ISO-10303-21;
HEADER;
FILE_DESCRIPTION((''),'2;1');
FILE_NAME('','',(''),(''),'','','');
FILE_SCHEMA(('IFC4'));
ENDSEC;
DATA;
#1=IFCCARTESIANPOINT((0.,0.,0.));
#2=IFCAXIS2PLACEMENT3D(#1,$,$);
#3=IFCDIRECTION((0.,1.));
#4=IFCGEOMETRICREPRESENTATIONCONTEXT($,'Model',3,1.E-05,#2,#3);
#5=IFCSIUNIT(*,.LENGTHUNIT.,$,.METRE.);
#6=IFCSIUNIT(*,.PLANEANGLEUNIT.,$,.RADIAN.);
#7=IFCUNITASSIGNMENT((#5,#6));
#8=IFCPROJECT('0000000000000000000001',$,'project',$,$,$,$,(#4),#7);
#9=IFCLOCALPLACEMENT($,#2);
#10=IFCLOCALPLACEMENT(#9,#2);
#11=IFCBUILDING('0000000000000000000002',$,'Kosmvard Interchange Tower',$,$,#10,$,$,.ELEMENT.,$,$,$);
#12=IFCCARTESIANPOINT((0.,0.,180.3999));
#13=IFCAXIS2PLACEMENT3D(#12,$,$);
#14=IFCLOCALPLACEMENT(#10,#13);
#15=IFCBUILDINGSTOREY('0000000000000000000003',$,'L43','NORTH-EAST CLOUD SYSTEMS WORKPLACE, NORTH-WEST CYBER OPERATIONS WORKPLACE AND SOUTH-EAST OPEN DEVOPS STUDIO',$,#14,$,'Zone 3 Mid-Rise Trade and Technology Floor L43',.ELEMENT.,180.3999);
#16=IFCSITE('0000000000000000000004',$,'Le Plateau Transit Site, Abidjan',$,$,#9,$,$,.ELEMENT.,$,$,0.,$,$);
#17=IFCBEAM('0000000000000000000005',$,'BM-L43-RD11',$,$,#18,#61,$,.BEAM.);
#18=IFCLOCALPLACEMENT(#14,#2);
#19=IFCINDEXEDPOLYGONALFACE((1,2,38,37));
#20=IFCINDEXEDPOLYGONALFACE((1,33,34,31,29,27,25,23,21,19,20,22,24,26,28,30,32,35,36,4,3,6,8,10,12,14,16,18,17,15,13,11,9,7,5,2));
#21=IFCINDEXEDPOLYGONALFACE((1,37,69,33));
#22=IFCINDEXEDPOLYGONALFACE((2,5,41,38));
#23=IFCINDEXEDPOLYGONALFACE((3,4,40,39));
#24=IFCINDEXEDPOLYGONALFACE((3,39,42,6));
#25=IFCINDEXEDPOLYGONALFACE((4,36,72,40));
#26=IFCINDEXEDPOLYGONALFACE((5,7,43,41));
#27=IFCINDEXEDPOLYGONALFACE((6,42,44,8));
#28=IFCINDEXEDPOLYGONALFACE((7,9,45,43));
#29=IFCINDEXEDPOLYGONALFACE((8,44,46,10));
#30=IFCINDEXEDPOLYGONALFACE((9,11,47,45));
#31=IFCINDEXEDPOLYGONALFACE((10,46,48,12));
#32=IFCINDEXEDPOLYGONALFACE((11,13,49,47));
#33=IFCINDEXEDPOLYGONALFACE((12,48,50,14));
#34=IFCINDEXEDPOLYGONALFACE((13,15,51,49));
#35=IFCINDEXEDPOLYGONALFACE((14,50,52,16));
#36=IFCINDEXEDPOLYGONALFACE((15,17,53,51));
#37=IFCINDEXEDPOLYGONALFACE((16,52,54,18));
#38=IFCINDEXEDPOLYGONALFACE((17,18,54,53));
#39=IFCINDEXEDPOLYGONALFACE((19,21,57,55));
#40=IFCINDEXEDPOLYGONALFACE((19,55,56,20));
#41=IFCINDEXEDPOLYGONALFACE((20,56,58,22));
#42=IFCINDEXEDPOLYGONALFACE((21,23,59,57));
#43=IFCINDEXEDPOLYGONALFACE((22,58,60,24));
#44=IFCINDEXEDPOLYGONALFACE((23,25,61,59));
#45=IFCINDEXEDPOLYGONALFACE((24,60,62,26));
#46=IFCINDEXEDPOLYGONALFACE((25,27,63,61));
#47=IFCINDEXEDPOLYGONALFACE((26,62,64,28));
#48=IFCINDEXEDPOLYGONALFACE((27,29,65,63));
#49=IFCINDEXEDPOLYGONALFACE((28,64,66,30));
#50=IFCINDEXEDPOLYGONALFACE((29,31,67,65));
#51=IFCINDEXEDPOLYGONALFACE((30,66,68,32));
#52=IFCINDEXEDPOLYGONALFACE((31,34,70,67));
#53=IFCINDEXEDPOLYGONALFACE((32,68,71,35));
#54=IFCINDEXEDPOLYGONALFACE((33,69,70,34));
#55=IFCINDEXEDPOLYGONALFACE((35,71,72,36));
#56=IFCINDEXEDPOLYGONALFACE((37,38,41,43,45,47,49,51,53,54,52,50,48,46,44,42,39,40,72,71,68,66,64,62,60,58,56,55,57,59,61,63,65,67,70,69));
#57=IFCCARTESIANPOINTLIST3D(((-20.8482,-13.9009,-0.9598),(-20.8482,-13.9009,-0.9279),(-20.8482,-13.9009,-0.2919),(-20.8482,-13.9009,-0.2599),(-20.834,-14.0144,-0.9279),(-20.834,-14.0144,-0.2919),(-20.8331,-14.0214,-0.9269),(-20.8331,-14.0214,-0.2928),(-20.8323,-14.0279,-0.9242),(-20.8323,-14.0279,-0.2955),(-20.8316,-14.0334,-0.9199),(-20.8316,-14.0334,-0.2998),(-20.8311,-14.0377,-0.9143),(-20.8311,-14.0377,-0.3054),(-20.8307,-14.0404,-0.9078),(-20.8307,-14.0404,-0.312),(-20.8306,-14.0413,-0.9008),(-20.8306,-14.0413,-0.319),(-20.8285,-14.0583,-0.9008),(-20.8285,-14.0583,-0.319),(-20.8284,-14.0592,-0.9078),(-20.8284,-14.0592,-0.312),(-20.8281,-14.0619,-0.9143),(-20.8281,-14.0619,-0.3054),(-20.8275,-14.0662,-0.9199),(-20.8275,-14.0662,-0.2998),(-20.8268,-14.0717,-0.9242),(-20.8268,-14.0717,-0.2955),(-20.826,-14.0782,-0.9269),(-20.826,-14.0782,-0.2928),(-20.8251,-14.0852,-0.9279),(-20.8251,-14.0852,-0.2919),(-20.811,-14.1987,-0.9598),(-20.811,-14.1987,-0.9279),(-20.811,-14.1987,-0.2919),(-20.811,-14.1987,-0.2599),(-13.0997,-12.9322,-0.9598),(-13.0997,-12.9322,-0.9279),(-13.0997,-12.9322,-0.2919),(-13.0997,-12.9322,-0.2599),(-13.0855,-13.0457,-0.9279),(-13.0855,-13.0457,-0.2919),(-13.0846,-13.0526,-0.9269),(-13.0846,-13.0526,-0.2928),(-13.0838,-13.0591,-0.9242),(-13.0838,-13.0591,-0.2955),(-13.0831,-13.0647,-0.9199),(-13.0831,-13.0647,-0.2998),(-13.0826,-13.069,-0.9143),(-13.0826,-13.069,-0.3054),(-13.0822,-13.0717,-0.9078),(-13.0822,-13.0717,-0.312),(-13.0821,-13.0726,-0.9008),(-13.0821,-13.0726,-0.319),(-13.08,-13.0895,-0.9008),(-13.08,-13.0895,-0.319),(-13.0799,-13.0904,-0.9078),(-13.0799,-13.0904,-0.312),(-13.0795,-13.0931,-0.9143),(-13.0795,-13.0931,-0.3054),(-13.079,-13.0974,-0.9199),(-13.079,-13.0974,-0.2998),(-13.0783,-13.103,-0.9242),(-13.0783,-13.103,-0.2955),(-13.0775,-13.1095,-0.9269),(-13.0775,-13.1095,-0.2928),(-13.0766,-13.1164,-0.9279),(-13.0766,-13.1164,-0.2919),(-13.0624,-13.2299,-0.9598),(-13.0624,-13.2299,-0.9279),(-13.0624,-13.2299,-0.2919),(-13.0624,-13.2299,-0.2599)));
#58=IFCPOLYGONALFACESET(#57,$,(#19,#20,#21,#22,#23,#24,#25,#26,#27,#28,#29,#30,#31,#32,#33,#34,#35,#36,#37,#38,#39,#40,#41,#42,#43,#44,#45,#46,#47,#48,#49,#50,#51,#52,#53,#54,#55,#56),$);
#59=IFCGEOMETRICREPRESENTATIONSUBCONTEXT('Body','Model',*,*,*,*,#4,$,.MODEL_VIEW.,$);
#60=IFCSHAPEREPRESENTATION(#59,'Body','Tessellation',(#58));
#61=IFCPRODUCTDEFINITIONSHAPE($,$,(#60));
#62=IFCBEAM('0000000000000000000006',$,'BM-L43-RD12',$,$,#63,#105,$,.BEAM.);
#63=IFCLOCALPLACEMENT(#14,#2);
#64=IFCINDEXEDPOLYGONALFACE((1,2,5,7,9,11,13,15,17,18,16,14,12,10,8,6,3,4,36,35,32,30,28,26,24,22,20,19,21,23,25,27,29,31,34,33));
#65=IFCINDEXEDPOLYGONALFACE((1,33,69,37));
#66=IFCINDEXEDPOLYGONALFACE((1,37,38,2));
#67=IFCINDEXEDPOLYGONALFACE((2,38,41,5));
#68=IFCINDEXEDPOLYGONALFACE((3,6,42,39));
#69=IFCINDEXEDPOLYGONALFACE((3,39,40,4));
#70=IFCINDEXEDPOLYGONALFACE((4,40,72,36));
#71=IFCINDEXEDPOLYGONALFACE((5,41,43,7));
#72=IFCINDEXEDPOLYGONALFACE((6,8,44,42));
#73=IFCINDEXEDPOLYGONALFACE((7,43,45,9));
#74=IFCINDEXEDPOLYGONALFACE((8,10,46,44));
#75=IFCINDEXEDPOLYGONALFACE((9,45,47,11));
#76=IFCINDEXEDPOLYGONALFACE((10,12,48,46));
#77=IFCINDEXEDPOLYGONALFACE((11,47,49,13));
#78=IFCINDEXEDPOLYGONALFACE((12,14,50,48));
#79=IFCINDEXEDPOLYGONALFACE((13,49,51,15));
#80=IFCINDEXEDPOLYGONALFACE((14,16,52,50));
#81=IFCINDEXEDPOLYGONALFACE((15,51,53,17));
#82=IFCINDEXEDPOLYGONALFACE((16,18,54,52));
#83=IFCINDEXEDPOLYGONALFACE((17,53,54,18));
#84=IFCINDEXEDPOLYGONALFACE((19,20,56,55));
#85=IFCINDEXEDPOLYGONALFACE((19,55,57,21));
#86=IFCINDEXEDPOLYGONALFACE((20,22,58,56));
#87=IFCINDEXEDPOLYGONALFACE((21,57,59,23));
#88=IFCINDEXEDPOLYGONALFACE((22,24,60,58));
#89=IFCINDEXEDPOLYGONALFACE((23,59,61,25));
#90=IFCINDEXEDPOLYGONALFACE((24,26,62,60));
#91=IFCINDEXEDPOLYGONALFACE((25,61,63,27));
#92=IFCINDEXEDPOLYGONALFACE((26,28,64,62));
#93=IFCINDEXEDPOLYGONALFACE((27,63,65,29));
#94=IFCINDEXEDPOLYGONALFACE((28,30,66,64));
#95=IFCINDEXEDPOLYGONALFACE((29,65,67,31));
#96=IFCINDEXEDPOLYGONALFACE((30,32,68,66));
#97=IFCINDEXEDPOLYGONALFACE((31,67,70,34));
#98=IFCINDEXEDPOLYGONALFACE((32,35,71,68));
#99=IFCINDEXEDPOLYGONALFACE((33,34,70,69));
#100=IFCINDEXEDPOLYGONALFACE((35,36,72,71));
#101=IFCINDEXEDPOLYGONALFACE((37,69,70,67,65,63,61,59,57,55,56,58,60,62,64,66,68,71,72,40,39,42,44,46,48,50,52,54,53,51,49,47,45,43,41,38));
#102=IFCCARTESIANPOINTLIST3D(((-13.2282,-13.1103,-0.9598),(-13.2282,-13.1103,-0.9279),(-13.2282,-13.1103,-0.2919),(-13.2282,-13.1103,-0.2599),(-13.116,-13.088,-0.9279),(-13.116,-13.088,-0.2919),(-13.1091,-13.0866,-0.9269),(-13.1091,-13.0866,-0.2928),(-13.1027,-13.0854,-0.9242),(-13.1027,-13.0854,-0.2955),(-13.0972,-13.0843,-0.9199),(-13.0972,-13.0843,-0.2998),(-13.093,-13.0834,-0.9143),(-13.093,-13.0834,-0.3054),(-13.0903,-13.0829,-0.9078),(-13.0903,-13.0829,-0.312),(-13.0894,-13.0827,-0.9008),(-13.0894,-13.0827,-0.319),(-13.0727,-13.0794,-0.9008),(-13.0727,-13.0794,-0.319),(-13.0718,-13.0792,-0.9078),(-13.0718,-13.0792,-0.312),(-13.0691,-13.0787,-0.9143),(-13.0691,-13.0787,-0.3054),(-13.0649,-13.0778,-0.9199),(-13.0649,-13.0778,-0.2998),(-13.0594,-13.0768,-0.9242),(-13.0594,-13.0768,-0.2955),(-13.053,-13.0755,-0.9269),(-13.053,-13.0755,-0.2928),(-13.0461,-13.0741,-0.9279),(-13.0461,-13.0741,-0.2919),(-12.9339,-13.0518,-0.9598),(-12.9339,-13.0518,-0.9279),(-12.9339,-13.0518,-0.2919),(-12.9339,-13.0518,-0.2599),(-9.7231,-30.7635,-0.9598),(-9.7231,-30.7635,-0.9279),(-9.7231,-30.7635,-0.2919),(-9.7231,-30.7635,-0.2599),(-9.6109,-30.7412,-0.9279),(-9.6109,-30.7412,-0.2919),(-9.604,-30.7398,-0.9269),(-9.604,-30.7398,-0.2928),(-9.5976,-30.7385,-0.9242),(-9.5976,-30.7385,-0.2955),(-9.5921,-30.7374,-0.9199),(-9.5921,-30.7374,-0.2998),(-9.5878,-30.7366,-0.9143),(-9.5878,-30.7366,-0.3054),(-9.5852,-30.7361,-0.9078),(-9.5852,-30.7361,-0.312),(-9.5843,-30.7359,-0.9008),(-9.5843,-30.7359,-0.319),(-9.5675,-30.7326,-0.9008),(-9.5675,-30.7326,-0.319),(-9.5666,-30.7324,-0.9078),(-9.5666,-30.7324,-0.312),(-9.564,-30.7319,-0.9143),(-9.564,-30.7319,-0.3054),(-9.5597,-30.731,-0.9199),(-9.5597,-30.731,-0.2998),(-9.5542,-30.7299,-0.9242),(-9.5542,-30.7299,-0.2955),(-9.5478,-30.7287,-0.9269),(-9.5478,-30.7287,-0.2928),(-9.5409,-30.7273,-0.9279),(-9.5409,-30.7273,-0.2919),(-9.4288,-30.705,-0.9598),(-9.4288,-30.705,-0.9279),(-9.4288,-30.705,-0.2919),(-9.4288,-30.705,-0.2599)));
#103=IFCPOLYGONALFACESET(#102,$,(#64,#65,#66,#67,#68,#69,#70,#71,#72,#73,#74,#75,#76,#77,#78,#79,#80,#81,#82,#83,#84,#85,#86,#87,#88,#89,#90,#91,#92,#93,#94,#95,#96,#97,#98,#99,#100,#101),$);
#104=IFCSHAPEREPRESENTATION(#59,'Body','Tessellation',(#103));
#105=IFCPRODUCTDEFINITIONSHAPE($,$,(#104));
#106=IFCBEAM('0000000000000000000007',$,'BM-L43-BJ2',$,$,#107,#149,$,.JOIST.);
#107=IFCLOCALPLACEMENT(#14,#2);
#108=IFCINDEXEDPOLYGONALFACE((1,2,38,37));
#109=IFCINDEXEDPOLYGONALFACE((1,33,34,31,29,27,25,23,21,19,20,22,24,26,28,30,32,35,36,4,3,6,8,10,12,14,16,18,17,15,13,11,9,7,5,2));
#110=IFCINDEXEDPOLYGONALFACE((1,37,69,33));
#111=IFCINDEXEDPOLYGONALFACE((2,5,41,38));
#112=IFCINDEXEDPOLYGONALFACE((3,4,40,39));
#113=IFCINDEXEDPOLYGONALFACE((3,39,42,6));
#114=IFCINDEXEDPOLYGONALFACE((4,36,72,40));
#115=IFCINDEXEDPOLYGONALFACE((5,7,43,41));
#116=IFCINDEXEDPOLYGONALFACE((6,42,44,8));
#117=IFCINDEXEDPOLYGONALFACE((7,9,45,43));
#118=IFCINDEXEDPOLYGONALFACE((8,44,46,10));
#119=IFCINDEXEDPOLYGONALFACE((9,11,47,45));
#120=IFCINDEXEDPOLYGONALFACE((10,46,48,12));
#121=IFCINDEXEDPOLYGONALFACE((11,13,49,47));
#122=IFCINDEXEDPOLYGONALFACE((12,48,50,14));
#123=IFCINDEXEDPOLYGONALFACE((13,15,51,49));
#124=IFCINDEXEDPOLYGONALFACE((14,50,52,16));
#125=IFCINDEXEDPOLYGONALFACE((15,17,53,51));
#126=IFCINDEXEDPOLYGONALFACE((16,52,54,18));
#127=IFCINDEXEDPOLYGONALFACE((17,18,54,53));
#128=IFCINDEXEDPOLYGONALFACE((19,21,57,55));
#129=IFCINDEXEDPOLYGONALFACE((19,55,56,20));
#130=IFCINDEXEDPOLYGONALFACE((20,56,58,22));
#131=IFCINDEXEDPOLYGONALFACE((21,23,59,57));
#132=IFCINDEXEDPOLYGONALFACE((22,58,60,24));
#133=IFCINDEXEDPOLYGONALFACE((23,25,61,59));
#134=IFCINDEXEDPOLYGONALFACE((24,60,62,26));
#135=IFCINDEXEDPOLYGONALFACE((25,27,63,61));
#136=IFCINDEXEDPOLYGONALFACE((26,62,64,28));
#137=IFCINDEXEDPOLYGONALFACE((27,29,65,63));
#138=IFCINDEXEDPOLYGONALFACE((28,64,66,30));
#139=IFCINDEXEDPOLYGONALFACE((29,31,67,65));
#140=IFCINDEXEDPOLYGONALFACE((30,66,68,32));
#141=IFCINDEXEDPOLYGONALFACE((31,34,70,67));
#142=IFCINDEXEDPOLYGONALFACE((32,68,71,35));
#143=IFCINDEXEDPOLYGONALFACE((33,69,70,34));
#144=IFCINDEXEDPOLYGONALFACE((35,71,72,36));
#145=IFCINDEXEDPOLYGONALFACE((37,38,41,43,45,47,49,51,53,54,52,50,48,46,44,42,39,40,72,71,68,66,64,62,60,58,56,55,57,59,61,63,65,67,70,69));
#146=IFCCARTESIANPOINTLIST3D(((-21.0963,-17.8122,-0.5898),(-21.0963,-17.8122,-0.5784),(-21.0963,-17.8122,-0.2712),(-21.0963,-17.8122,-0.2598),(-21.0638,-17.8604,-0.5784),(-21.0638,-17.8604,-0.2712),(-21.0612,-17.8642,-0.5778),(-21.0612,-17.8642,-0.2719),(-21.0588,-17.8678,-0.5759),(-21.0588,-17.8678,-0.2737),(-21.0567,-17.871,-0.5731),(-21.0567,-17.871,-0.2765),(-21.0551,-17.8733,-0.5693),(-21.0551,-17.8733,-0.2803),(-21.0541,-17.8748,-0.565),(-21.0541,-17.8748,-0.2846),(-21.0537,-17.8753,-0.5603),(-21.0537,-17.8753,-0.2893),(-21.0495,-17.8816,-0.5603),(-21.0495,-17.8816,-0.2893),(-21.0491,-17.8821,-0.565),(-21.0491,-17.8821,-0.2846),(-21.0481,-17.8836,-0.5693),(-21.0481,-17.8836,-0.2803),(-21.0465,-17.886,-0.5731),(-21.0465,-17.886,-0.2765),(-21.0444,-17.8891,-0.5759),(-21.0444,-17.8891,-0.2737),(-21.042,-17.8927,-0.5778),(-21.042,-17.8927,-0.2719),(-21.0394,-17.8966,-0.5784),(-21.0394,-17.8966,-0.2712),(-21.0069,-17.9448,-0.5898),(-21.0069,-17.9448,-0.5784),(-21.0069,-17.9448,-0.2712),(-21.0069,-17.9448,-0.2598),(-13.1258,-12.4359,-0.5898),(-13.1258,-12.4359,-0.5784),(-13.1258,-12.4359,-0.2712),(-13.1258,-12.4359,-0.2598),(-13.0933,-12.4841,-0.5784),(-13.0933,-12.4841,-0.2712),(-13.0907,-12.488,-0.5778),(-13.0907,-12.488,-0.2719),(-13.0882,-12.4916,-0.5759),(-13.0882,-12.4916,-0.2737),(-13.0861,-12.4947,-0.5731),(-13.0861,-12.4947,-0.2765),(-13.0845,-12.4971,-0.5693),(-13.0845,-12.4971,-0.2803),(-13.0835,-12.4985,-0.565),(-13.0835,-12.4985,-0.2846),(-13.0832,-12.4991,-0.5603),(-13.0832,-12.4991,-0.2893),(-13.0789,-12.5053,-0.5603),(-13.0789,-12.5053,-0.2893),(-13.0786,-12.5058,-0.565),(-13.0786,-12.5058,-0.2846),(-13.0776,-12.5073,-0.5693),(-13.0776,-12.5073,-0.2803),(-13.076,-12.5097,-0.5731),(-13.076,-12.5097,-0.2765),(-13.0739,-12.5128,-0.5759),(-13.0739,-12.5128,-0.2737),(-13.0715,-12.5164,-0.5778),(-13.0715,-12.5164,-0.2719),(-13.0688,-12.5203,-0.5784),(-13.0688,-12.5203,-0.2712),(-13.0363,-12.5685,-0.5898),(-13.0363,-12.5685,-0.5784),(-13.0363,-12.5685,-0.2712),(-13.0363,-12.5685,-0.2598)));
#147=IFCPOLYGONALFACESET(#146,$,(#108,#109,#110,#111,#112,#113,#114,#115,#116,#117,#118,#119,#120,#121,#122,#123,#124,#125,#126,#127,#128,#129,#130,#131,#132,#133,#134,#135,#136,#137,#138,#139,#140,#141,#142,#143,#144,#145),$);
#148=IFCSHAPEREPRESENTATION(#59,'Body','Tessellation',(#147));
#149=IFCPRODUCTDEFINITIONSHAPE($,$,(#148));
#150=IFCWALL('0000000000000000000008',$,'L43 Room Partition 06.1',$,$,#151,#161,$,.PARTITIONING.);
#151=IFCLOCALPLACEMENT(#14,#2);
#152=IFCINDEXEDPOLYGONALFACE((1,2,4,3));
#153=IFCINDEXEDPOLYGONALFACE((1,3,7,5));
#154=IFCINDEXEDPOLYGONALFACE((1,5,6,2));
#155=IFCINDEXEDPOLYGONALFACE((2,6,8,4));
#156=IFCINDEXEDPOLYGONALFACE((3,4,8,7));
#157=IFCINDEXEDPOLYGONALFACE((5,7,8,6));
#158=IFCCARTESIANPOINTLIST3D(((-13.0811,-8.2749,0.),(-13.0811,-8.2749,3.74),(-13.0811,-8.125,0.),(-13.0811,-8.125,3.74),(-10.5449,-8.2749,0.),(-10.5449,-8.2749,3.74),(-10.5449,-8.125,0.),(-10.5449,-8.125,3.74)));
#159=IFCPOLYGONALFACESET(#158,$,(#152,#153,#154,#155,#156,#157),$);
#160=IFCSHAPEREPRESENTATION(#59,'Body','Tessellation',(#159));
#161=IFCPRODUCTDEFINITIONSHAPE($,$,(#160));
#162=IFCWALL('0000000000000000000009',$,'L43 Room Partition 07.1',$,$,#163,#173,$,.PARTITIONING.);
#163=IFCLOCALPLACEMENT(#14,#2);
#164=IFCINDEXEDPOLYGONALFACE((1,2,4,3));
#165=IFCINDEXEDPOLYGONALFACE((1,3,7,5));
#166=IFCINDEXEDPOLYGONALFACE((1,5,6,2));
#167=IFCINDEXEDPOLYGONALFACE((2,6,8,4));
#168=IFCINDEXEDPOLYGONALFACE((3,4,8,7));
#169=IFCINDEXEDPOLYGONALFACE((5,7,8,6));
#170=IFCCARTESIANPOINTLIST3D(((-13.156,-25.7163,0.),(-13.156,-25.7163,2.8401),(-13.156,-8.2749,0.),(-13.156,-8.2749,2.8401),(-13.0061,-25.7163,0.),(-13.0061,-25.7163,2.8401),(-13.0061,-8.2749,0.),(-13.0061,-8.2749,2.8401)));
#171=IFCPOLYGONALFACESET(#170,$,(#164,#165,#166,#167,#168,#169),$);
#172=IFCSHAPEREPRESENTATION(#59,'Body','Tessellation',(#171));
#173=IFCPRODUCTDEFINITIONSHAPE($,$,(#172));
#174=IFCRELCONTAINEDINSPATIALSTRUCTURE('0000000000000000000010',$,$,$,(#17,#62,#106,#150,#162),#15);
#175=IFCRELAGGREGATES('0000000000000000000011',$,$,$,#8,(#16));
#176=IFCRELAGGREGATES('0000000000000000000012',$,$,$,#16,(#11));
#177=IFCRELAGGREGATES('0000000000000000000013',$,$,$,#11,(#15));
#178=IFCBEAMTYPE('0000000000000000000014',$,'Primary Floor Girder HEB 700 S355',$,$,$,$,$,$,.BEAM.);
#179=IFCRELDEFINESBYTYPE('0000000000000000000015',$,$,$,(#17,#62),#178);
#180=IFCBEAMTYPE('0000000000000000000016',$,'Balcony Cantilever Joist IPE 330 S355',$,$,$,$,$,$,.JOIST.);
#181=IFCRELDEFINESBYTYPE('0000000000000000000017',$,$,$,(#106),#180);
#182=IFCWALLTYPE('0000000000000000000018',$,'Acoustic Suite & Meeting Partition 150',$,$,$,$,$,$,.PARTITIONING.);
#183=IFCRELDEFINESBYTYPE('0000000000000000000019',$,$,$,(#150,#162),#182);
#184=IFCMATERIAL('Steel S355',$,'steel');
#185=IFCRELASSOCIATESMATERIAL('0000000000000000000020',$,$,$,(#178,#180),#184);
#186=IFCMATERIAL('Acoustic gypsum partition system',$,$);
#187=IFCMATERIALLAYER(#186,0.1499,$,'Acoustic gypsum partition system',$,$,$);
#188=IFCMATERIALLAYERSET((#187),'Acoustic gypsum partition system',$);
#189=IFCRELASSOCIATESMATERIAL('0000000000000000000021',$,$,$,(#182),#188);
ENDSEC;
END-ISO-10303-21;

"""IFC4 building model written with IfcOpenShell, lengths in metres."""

from ifc_helpers import new_model, si_unit, direction, frame, frame_2d, origin, origin_2d, place, context, subcontext, project, spatial, rectangle, i_section, extrude, source, transform, mapped, material, layer, layer_set, material_profile, profile_set, type_object, element, save


model = new_model("IFC4")

# Units and contexts
model_context = context("Model", 3, precision=1e-05, world=origin(), true_north=direction((0.0, 1.0)))
body_context = subcontext(model_context, "Body", "Model", "MODEL_VIEW")
ifc_project = project(units=[si_unit("LENGTHUNIT", "METRE"), si_unit("PLANEANGLEUNIT", "RADIAN")], contexts=[model_context])

# Site, building, storey
site_placement = place(None, origin())
site = spatial("IfcSite", under=ifc_project, at=site_placement, Name="Le Plateau Transit Site, Abidjan", CompositionType="ELEMENT", RefElevation=0.0)
building_placement = place(site_placement, origin())
building = spatial("IfcBuilding", under=site, at=building_placement, Name="Kosmvard Interchange Tower", CompositionType="ELEMENT")
storey_placement = place(building_placement, frame((0.0, 0.0, 180.3999)))
storey = spatial("IfcBuildingStorey", under=building, at=storey_placement, Name="L43", Description="NORTH-EAST CLOUD SYSTEMS WORKPLACE, NORTH-WEST CYBER OPERATIONS WORKPLACE AND SOUTH-EAST OPEN DEVOPS STUDIO", LongName="Zone 3 Mid-Rise Trade and Technology Floor L43", CompositionType="ELEMENT", Elevation=180.3999)

# Beams
ifc_material_1 = material(Name="Steel S355", Category="steel")
ifc_material_profile_1 = material_profile(ifc_material_1, i_section(OverallWidth=0.3, OverallDepth=0.7, WebThickness=0.0171, FlangeThickness=0.032, FilletRadius=0.0271, at=origin_2d()), Name="HEB 700")
ifc_profile_set_1 = profile_set([ifc_material_profile_1], Name="Steel S355")
beam_type_1 = type_object("IfcBeamType", Name="Primary Floor Girder HEB 700 S355", PredefinedType="BEAM", material=ifc_profile_set_1)
shared_shape_1 = source(origin(), body_context, "Body", "SweptSolid", [
    extrude(i_section(OverallWidth=0.3, OverallDepth=0.7, WebThickness=0.0171, FlangeThickness=0.032, FilletRadius=0.0271, at=origin_2d()), origin(), (0.0, 0.0, 1.0), 7.8088),
])
beam_1_placement = place(storey_placement, frame((-13.0811, -13.0811, -0.6099), z_axis=(-0.992275, -0.124058, 0.0), x_axis=(0.124058, -0.992275, 0.0)))
element("IfcBeam", 1, at=beam_1_placement, inside=storey, type_object=beam_type_1, Name="BM-L43-RD11", PredefinedType="BEAM", context=body_context, shape_type="MappedRepresentation", body=[
    mapped(shared_shape_1, transform((0.0, 0.0, 0.0), scale=1.0)),
])
shared_shape_2 = source(origin(), body_context, "Body", "SweptSolid", [
    extrude(i_section(OverallWidth=0.3, OverallDepth=0.7, WebThickness=0.0171, FlangeThickness=0.032, FilletRadius=0.0271, at=origin_2d()), origin(), (0.0, 0.0, 1.0), 17.9978),
])
beam_2_placement = place(storey_placement, frame((-13.0811, -13.0811, -0.6099), z_axis=(0.194754, -0.980852, 0.0), x_axis=(0.980852, 0.194754, 0.0)))
element("IfcBeam", 2, at=beam_2_placement, inside=storey, type_object=beam_type_1, Name="BM-L43-RD12", PredefinedType="BEAM", context=body_context, shape_type="MappedRepresentation", body=[
    mapped(shared_shape_2, transform((0.0, 0.0, 0.0), scale=1.0)),
])
ifc_material_profile_2 = material_profile(ifc_material_1, i_section(OverallWidth=0.1599, OverallDepth=0.3301, WebThickness=0.0076, FlangeThickness=0.0115, FilletRadius=0.0181, at=origin_2d()), Name="IPE 330")
ifc_profile_set_2 = profile_set([ifc_material_profile_2], Name="Steel S355")
beam_type_2 = type_object("IfcBeamType", Name="Balcony Cantilever Joist IPE 330 S355", PredefinedType="JOIST", material=ifc_profile_set_2)
shared_shape_3 = source(origin(), body_context, "Body", "SweptSolid", [
    extrude(i_section(OverallWidth=0.1599, OverallDepth=0.3301, WebThickness=0.0076, FlangeThickness=0.0115, FilletRadius=0.0181, at=origin_2d()), origin(), (0.0, 0.0, 1.0), 9.6143),
])
beam_3_placement = place(storey_placement, frame((-13.0811, -12.5022, -0.4248), z_axis=(-0.829034, -0.559198, 0.0), x_axis=(0.559198, -0.829034, 0.0)))
element("IfcBeam", 3, at=beam_3_placement, inside=storey, type_object=beam_type_2, Name="BM-L43-BJ2", PredefinedType="JOIST", context=body_context, shape_type="MappedRepresentation", body=[
    mapped(shared_shape_3, transform((0.0, 0.0, 0.0), scale=1.0)),
])

# Walls
ifc_material_2 = material(Name="Acoustic gypsum partition system")
ifc_layer_1 = layer(ifc_material_2, 0.1499, Name="Acoustic gypsum partition system")
ifc_layer_set_1 = layer_set([ifc_layer_1], Name="Acoustic gypsum partition system")
wall_type_1 = type_object("IfcWallType", Name="Acoustic Suite & Meeting Partition 150", PredefinedType="PARTITIONING", material=ifc_layer_set_1)
wall_1_placement = place(storey_placement, frame((-10.5449, -8.2, 0.0), z_axis=(0.0, 0.0, 1.0), x_axis=(-1.0, 0.0, 0.0)))
element("IfcWall", 4, at=wall_1_placement, inside=storey, type_object=wall_type_1, Name="L43 Room Partition 06.1", PredefinedType="PARTITIONING", context=body_context, shape_type="SweptSolid", body=[
    extrude(rectangle(XDim=2.5361, YDim=0.1499, at=frame_2d((1.2681, 0.0))), origin(), (0.0, 0.0, 1.0), 3.74),
])
wall_2_placement = place(storey_placement, frame((-13.0811, -8.2749, 0.0), z_axis=(0.0, 0.0, 1.0), x_axis=(0.0, -1.0, 0.0)))
element("IfcWall", 5, at=wall_2_placement, inside=storey, type_object=wall_type_1, Name="L43 Room Partition 07.1", PredefinedType="PARTITIONING", context=body_context, shape_type="SweptSolid", body=[
    extrude(rectangle(XDim=17.4414, YDim=0.1499, at=frame_2d((8.7207, 0.0))), origin(), (0.0, 0.0, 1.0), 2.8401),
])

save(model, "model.ifc")
